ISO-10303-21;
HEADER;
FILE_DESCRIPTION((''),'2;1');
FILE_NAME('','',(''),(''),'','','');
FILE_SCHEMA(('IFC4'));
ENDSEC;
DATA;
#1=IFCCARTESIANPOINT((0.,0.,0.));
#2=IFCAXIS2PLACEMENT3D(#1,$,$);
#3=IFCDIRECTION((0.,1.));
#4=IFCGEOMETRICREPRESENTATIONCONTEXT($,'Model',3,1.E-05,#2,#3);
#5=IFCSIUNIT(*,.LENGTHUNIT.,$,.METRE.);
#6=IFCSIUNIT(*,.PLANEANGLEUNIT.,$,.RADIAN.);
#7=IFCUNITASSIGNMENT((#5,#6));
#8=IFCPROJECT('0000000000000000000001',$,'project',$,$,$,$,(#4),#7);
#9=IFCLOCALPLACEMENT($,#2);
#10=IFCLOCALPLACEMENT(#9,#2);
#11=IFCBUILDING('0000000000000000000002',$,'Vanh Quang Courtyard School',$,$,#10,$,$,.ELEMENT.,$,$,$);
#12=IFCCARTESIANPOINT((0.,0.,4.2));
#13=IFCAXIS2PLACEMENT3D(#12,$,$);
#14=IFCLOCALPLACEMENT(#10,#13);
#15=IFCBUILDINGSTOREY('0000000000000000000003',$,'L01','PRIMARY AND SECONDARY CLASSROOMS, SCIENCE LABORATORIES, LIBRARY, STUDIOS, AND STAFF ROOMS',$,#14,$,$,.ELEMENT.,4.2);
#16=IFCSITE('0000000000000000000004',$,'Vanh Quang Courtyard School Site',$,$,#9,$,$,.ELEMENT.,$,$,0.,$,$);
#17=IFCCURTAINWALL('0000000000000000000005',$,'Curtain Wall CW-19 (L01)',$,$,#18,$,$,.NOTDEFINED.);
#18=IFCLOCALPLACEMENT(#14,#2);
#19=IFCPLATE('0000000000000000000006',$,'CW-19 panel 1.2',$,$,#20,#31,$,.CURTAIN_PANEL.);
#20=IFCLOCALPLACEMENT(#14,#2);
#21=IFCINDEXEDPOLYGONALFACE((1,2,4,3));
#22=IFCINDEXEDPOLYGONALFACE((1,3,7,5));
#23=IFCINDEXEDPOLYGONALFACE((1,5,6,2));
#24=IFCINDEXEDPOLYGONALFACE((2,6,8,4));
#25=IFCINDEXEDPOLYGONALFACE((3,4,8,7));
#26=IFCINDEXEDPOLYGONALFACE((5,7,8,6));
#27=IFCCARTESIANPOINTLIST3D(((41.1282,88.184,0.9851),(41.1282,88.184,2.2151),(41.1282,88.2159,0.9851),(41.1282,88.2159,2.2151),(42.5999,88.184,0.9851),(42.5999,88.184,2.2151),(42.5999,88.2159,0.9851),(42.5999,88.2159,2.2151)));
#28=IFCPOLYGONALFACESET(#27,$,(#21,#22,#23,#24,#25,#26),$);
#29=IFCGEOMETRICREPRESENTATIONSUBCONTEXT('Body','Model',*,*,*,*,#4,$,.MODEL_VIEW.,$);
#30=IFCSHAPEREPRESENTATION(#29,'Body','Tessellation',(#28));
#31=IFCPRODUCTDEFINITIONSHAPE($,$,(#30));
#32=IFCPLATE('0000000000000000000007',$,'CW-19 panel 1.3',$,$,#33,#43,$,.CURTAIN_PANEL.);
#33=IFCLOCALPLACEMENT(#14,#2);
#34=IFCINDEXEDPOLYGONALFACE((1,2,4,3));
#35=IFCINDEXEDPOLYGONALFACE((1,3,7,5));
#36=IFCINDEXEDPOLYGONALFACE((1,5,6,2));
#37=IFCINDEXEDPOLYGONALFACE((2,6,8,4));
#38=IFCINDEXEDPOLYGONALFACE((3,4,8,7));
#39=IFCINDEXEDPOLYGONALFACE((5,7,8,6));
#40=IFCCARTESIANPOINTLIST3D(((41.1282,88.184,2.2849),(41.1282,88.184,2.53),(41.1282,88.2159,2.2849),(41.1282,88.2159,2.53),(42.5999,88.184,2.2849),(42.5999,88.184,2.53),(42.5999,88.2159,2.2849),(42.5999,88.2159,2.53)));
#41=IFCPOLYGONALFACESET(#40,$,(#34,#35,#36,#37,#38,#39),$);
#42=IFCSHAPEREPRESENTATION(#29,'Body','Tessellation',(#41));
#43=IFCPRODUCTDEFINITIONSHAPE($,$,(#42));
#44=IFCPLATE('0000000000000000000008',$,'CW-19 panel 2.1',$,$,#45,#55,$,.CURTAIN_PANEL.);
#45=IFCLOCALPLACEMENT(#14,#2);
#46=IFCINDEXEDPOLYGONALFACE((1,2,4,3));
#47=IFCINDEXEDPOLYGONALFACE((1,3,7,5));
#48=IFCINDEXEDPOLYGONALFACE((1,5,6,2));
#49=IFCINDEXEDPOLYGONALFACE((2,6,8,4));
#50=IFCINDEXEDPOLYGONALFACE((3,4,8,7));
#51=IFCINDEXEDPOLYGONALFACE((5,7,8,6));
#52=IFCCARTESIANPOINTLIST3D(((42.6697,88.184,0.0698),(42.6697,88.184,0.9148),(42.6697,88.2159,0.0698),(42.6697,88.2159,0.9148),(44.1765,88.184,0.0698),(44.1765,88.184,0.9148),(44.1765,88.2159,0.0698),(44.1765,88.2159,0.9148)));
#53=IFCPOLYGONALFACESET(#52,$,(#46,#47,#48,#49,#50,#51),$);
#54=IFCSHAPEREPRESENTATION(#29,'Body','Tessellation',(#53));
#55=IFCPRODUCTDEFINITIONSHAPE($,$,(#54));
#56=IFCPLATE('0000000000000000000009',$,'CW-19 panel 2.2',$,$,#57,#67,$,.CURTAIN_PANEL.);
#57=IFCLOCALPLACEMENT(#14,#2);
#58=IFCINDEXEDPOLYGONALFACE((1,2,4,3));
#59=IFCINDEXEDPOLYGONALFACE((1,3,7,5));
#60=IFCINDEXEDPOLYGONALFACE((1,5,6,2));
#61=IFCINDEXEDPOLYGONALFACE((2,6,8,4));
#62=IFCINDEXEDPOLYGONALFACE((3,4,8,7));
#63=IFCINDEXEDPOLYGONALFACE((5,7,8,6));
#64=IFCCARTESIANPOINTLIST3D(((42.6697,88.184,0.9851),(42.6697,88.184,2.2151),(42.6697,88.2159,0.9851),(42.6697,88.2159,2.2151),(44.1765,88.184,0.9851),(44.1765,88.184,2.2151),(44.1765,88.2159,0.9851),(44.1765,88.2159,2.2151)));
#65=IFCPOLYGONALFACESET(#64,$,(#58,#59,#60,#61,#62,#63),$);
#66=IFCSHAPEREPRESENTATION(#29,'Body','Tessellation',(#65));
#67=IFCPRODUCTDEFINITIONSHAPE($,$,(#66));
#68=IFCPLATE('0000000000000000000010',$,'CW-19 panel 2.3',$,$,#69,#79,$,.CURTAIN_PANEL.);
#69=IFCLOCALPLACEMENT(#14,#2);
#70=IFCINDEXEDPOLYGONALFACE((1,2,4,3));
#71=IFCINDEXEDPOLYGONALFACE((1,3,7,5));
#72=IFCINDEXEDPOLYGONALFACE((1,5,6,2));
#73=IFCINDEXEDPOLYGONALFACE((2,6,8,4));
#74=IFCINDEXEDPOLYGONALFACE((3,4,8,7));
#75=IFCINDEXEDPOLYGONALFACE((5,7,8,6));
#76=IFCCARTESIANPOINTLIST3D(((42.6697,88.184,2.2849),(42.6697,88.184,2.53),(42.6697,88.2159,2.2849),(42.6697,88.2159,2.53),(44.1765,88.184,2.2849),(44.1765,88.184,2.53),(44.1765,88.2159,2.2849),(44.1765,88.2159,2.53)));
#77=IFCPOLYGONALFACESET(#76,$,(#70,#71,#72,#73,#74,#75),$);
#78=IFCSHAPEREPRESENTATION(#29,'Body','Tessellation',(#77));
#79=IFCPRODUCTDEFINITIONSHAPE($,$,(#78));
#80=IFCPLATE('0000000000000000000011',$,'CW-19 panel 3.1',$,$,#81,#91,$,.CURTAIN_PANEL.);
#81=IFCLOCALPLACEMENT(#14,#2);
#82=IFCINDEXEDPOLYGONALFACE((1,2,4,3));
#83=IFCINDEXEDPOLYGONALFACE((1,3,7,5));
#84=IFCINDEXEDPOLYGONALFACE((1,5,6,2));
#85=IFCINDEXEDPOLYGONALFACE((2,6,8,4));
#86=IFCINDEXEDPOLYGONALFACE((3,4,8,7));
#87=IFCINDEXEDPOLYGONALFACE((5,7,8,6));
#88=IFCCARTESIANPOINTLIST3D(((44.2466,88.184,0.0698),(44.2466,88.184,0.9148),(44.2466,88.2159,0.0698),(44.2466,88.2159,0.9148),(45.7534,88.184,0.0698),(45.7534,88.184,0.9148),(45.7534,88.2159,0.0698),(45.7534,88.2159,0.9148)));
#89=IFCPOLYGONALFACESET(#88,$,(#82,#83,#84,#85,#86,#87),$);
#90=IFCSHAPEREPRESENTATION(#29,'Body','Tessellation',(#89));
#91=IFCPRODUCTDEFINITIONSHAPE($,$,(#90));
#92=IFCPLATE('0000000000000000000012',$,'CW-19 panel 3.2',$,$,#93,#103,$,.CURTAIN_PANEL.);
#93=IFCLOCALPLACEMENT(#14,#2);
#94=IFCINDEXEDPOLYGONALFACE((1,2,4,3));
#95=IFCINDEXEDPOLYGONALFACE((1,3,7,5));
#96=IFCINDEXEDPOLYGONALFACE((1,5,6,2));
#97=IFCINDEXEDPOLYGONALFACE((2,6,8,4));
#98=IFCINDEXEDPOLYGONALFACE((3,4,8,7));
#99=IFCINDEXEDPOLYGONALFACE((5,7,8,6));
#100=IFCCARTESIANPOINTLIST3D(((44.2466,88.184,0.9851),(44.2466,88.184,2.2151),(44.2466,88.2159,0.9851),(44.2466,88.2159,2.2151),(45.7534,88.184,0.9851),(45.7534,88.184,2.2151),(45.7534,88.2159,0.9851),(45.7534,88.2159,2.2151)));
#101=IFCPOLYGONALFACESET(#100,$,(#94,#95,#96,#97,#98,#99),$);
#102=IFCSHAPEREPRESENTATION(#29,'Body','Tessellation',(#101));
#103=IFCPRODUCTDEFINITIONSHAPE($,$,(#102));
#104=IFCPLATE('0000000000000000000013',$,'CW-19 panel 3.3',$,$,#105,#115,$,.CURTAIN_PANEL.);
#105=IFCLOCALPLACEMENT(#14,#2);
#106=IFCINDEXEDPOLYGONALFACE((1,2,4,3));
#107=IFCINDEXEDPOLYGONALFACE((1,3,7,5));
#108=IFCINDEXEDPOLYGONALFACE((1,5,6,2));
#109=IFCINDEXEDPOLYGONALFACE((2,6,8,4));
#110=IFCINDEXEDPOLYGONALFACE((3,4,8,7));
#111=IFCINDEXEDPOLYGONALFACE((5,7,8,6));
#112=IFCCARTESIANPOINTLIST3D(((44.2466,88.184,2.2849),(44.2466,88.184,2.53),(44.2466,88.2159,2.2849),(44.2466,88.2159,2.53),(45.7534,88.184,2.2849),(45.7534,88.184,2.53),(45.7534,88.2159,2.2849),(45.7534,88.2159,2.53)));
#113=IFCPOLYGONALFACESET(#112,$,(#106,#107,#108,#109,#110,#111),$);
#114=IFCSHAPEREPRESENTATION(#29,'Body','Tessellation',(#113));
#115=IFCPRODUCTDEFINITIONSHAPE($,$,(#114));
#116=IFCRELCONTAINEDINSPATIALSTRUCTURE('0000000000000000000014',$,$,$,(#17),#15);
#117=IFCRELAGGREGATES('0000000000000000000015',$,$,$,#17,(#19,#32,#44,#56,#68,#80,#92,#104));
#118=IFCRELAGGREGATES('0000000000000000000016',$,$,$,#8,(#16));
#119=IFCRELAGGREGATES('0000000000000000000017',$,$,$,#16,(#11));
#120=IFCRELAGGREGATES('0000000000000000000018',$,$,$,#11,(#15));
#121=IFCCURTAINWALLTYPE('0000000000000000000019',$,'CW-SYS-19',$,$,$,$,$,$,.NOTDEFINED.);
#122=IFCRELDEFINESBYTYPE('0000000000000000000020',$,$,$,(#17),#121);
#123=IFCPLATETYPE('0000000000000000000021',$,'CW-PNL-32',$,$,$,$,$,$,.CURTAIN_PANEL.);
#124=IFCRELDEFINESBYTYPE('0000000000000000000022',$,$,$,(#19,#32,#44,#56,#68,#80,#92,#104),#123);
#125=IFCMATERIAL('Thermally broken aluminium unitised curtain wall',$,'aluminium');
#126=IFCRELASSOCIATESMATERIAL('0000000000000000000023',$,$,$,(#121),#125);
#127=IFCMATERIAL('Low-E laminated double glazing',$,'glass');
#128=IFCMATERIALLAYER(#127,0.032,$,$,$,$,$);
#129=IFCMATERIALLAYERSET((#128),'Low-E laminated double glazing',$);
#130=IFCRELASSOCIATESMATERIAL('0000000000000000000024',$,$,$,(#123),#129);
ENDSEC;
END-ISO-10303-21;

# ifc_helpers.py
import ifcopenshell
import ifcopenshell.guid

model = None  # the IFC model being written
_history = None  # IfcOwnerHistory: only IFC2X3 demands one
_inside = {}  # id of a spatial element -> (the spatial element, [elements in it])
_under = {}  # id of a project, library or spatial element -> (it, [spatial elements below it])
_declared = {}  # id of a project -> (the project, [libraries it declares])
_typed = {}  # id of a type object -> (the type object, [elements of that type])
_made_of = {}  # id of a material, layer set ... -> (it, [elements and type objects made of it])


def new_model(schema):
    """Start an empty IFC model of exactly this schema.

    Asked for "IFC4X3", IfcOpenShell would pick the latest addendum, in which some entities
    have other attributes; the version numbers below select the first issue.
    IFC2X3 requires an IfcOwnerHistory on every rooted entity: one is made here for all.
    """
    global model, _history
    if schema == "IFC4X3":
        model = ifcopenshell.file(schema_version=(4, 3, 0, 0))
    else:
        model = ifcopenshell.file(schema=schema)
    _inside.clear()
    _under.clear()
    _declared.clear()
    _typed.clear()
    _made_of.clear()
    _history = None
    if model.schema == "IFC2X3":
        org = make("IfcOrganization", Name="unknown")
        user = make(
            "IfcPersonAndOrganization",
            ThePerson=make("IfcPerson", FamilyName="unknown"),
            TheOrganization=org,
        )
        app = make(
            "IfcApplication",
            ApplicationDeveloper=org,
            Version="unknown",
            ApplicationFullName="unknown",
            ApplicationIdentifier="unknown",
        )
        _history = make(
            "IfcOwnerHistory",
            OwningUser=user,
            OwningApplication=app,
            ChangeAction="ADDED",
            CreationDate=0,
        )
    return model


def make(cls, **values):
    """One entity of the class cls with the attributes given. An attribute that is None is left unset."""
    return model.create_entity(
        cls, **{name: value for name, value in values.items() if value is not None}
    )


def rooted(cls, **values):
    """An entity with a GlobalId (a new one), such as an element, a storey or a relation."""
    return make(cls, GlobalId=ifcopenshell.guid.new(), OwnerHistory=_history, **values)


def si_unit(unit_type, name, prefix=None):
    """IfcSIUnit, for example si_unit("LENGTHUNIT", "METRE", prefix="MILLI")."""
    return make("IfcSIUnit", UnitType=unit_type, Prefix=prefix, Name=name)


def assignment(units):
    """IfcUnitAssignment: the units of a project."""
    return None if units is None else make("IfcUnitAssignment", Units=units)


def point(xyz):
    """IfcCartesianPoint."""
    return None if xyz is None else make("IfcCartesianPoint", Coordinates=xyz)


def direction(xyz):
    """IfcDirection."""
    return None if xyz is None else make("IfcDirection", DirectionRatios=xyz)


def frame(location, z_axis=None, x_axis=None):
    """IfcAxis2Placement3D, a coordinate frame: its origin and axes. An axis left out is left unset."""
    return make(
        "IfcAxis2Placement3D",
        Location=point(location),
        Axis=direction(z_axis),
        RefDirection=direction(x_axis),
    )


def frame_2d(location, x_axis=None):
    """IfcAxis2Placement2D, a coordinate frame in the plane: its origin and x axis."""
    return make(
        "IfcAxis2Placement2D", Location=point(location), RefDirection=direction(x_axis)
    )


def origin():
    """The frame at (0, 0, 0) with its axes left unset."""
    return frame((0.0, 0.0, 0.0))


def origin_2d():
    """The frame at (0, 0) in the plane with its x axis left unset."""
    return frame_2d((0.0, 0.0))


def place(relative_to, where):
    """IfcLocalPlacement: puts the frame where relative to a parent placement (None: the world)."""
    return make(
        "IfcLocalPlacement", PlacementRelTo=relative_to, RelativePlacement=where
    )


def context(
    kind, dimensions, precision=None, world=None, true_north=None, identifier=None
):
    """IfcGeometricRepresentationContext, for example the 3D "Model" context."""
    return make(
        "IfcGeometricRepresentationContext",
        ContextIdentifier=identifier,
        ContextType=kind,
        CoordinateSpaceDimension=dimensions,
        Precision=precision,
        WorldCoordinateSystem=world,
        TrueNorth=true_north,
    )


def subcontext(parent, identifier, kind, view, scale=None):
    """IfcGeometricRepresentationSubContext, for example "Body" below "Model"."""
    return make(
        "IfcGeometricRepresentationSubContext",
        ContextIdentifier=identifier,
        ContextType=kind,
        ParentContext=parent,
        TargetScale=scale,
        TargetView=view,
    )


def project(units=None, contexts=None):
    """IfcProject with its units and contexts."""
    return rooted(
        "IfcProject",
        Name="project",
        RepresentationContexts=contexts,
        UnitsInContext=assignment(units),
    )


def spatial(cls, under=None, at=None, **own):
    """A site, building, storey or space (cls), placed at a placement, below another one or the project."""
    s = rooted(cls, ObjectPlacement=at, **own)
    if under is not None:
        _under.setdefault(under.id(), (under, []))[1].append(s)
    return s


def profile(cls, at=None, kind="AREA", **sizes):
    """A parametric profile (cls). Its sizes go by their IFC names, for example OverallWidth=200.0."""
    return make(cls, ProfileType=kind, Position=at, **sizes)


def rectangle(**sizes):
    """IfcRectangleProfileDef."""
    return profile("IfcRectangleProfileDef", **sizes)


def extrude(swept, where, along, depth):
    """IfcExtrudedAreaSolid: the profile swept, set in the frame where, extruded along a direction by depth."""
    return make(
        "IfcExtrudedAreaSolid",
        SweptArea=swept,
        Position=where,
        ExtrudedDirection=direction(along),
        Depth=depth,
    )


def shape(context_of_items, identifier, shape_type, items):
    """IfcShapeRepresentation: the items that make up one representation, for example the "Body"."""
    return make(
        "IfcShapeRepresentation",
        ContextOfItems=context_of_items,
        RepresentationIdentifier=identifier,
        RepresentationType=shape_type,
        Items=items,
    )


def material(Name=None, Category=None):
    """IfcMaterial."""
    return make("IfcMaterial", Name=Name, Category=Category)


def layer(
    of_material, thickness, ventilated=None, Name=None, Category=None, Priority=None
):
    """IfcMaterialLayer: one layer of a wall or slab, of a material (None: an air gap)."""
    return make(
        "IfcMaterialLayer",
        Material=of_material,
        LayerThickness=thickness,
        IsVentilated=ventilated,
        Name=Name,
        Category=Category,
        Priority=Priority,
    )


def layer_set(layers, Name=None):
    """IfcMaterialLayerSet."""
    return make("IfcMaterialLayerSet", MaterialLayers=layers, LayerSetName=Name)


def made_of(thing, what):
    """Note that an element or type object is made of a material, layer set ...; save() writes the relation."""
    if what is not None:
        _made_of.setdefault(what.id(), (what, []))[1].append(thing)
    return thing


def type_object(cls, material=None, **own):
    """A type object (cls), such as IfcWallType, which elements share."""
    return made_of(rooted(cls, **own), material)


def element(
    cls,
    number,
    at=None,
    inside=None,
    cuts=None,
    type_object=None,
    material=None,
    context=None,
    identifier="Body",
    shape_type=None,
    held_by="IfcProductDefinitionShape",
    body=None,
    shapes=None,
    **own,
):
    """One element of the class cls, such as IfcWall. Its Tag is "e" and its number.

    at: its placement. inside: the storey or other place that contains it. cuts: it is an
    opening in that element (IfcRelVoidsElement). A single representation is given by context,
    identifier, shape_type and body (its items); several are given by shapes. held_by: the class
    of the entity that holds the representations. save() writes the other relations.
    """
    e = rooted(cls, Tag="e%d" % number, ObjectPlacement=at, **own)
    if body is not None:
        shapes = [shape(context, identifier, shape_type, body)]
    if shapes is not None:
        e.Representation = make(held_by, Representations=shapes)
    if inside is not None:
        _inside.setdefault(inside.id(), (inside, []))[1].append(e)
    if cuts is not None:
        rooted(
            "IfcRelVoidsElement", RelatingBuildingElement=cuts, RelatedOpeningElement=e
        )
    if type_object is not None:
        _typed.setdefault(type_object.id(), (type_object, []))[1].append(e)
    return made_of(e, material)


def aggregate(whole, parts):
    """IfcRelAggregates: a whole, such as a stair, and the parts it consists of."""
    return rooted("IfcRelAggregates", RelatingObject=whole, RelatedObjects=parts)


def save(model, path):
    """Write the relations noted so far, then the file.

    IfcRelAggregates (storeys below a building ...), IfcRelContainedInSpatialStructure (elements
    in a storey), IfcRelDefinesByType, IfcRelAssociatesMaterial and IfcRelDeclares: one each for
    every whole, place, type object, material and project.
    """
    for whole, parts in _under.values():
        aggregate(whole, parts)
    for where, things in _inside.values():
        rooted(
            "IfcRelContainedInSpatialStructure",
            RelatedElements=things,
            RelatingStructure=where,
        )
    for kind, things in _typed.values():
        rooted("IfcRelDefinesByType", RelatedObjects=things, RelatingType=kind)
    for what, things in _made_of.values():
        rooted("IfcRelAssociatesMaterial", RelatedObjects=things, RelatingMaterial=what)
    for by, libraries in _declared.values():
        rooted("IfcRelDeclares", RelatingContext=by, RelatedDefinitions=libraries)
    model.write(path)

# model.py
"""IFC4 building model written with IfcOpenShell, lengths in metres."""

from ifc_helpers import new_model, si_unit, direction, frame, origin, origin_2d, place, context, subcontext, project, spatial, rectangle, extrude, material, layer, layer_set, type_object, element, aggregate, save


model = new_model("IFC4")

# Units and contexts
model_context = context("Model", 3, precision=1e-05, world=origin(), true_north=direction((0.0, 1.0)))
body_context = subcontext(model_context, "Body", "Model", "MODEL_VIEW")
ifc_project = project(units=[si_unit("LENGTHUNIT", "METRE"), si_unit("PLANEANGLEUNIT", "RADIAN")], contexts=[model_context])

# Site, building, storey
site_placement = place(None, origin())
site = spatial("IfcSite", under=ifc_project, at=site_placement, Name="Vanh Quang Courtyard School Site", CompositionType="ELEMENT", RefElevation=0.0)
building_placement = place(site_placement, origin())
building = spatial("IfcBuilding", under=site, at=building_placement, Name="Vanh Quang Courtyard School", CompositionType="ELEMENT")
storey_placement = place(building_placement, frame((0.0, 0.0, 4.2)))
storey = spatial("IfcBuildingStorey", under=building, at=storey_placement, Name="L01", Description="PRIMARY AND SECONDARY CLASSROOMS, SCIENCE LABORATORIES, LIBRARY, STUDIOS, AND STAFF ROOMS", CompositionType="ELEMENT", Elevation=4.2)

# Curtain wall
ifc_material_1 = material(Name="Thermally broken aluminium unitised curtain wall", Category="aluminium")
curtain_wall_type = type_object("IfcCurtainWallType", Name="CW-SYS-19", PredefinedType="NOTDEFINED", material=ifc_material_1)
curtain_wall_placement = place(storey_placement, origin())
curtain_wall = element("IfcCurtainWall", 1, at=curtain_wall_placement, inside=storey, type_object=curtain_wall_type, Name="Curtain Wall CW-19 (L01)", PredefinedType="NOTDEFINED")

# Plates
ifc_material_2 = material(Name="Low-E laminated double glazing", Category="glass")
ifc_layer = layer(ifc_material_2, 0.032)
ifc_layer_set = layer_set([ifc_layer], Name="Low-E laminated double glazing")
plate_type = type_object("IfcPlateType", Name="CW-PNL-32", PredefinedType="CURTAIN_PANEL", material=ifc_layer_set)
plate_1_placement = place(storey_placement, frame((41.864, 88.2, 0.9851), z_axis=(0.0, 0.0, 1.0), x_axis=(1.0, 0.0, 0.0)))
plate_1 = element("IfcPlate", 2, at=plate_1_placement, type_object=plate_type, Name="CW-19 panel 1.2", PredefinedType="CURTAIN_PANEL", context=body_context, shape_type="SweptSolid", body=[
    extrude(rectangle(XDim=1.4717, YDim=0.032, at=origin_2d()), origin(), (0.0, 0.0, 1.0), 1.23),
])
plate_2_placement = place(storey_placement, frame((41.864, 88.2, 2.2849), z_axis=(0.0, 0.0, 1.0), x_axis=(1.0, 0.0, 0.0)))
plate_2 = element("IfcPlate", 3, at=plate_2_placement, type_object=plate_type, Name="CW-19 panel 1.3", PredefinedType="CURTAIN_PANEL", context=body_context, shape_type="SweptSolid", body=[
    extrude(rectangle(XDim=1.4717, YDim=0.032, at=origin_2d()), origin(), (0.0, 0.0, 1.0), 0.2451),
])
plate_3_placement = place(storey_placement, frame((43.4231, 88.2, 0.0698), z_axis=(0.0, 0.0, 1.0), x_axis=(1.0, 0.0, 0.0)))
plate_3 = element("IfcPlate", 4, at=plate_3_placement, type_object=plate_type, Name="CW-19 panel 2.1", PredefinedType="CURTAIN_PANEL", context=body_context, shape_type="SweptSolid", body=[
    extrude(rectangle(XDim=1.5068, YDim=0.032, at=origin_2d()), origin(), (0.0, 0.0, 1.0), 0.845),
])
plate_4_placement = place(storey_placement, frame((43.4231, 88.2, 0.9851), z_axis=(0.0, 0.0, 1.0), x_axis=(1.0, 0.0, 0.0)))
plate_4 = element("IfcPlate", 5, at=plate_4_placement, type_object=plate_type, Name="CW-19 panel 2.2", PredefinedType="CURTAIN_PANEL", context=body_context, shape_type="SweptSolid", body=[
    extrude(rectangle(XDim=1.5068, YDim=0.032, at=origin_2d()), origin(), (0.0, 0.0, 1.0), 1.23),
])
plate_5_placement = place(storey_placement, frame((43.4231, 88.2, 2.2849), z_axis=(0.0, 0.0, 1.0), x_axis=(1.0, 0.0, 0.0)))
plate_5 = element("IfcPlate", 6, at=plate_5_placement, type_object=plate_type, Name="CW-19 panel 2.3", PredefinedType="CURTAIN_PANEL", context=body_context, shape_type="SweptSolid", body=[
    extrude(rectangle(XDim=1.5068, YDim=0.032, at=origin_2d()), origin(), (0.0, 0.0, 1.0), 0.2451),
])
plate_6_placement = place(storey_placement, frame((45.0, 88.2, 0.0698), z_axis=(0.0, 0.0, 1.0), x_axis=(1.0, 0.0, 0.0)))
plate_6 = element("IfcPlate", 7, at=plate_6_placement, type_object=plate_type, Name="CW-19 panel 3.1", PredefinedType="CURTAIN_PANEL", context=body_context, shape_type="SweptSolid", body=[
    extrude(rectangle(XDim=1.5068, YDim=0.032, at=origin_2d()), origin(), (0.0, 0.0, 1.0), 0.845),
])
plate_7_placement = place(storey_placement, frame((45.0, 88.2, 0.9851), z_axis=(0.0, 0.0, 1.0), x_axis=(1.0, 0.0, 0.0)))
plate_7 = element("IfcPlate", 8, at=plate_7_placement, type_object=plate_type, Name="CW-19 panel 3.2", PredefinedType="CURTAIN_PANEL", context=body_context, shape_type="SweptSolid", body=[
    extrude(rectangle(XDim=1.5068, YDim=0.032, at=origin_2d()), origin(), (0.0, 0.0, 1.0), 1.23),
])
plate_8_placement = place(storey_placement, frame((45.0, 88.2, 2.2849), z_axis=(0.0, 0.0, 1.0), x_axis=(1.0, 0.0, 0.0)))
plate_8 = element("IfcPlate", 9, at=plate_8_placement, type_object=plate_type, Name="CW-19 panel 3.3", PredefinedType="CURTAIN_PANEL", context=body_context, shape_type="SweptSolid", body=[
    extrude(rectangle(XDim=1.5068, YDim=0.032, at=origin_2d()), origin(), (0.0, 0.0, 1.0), 0.2451),
])
aggregate(curtain_wall, [plate_1, plate_2, plate_3, plate_4, plate_5, plate_6, plate_7, plate_8])

save(model, "model.ifc")
